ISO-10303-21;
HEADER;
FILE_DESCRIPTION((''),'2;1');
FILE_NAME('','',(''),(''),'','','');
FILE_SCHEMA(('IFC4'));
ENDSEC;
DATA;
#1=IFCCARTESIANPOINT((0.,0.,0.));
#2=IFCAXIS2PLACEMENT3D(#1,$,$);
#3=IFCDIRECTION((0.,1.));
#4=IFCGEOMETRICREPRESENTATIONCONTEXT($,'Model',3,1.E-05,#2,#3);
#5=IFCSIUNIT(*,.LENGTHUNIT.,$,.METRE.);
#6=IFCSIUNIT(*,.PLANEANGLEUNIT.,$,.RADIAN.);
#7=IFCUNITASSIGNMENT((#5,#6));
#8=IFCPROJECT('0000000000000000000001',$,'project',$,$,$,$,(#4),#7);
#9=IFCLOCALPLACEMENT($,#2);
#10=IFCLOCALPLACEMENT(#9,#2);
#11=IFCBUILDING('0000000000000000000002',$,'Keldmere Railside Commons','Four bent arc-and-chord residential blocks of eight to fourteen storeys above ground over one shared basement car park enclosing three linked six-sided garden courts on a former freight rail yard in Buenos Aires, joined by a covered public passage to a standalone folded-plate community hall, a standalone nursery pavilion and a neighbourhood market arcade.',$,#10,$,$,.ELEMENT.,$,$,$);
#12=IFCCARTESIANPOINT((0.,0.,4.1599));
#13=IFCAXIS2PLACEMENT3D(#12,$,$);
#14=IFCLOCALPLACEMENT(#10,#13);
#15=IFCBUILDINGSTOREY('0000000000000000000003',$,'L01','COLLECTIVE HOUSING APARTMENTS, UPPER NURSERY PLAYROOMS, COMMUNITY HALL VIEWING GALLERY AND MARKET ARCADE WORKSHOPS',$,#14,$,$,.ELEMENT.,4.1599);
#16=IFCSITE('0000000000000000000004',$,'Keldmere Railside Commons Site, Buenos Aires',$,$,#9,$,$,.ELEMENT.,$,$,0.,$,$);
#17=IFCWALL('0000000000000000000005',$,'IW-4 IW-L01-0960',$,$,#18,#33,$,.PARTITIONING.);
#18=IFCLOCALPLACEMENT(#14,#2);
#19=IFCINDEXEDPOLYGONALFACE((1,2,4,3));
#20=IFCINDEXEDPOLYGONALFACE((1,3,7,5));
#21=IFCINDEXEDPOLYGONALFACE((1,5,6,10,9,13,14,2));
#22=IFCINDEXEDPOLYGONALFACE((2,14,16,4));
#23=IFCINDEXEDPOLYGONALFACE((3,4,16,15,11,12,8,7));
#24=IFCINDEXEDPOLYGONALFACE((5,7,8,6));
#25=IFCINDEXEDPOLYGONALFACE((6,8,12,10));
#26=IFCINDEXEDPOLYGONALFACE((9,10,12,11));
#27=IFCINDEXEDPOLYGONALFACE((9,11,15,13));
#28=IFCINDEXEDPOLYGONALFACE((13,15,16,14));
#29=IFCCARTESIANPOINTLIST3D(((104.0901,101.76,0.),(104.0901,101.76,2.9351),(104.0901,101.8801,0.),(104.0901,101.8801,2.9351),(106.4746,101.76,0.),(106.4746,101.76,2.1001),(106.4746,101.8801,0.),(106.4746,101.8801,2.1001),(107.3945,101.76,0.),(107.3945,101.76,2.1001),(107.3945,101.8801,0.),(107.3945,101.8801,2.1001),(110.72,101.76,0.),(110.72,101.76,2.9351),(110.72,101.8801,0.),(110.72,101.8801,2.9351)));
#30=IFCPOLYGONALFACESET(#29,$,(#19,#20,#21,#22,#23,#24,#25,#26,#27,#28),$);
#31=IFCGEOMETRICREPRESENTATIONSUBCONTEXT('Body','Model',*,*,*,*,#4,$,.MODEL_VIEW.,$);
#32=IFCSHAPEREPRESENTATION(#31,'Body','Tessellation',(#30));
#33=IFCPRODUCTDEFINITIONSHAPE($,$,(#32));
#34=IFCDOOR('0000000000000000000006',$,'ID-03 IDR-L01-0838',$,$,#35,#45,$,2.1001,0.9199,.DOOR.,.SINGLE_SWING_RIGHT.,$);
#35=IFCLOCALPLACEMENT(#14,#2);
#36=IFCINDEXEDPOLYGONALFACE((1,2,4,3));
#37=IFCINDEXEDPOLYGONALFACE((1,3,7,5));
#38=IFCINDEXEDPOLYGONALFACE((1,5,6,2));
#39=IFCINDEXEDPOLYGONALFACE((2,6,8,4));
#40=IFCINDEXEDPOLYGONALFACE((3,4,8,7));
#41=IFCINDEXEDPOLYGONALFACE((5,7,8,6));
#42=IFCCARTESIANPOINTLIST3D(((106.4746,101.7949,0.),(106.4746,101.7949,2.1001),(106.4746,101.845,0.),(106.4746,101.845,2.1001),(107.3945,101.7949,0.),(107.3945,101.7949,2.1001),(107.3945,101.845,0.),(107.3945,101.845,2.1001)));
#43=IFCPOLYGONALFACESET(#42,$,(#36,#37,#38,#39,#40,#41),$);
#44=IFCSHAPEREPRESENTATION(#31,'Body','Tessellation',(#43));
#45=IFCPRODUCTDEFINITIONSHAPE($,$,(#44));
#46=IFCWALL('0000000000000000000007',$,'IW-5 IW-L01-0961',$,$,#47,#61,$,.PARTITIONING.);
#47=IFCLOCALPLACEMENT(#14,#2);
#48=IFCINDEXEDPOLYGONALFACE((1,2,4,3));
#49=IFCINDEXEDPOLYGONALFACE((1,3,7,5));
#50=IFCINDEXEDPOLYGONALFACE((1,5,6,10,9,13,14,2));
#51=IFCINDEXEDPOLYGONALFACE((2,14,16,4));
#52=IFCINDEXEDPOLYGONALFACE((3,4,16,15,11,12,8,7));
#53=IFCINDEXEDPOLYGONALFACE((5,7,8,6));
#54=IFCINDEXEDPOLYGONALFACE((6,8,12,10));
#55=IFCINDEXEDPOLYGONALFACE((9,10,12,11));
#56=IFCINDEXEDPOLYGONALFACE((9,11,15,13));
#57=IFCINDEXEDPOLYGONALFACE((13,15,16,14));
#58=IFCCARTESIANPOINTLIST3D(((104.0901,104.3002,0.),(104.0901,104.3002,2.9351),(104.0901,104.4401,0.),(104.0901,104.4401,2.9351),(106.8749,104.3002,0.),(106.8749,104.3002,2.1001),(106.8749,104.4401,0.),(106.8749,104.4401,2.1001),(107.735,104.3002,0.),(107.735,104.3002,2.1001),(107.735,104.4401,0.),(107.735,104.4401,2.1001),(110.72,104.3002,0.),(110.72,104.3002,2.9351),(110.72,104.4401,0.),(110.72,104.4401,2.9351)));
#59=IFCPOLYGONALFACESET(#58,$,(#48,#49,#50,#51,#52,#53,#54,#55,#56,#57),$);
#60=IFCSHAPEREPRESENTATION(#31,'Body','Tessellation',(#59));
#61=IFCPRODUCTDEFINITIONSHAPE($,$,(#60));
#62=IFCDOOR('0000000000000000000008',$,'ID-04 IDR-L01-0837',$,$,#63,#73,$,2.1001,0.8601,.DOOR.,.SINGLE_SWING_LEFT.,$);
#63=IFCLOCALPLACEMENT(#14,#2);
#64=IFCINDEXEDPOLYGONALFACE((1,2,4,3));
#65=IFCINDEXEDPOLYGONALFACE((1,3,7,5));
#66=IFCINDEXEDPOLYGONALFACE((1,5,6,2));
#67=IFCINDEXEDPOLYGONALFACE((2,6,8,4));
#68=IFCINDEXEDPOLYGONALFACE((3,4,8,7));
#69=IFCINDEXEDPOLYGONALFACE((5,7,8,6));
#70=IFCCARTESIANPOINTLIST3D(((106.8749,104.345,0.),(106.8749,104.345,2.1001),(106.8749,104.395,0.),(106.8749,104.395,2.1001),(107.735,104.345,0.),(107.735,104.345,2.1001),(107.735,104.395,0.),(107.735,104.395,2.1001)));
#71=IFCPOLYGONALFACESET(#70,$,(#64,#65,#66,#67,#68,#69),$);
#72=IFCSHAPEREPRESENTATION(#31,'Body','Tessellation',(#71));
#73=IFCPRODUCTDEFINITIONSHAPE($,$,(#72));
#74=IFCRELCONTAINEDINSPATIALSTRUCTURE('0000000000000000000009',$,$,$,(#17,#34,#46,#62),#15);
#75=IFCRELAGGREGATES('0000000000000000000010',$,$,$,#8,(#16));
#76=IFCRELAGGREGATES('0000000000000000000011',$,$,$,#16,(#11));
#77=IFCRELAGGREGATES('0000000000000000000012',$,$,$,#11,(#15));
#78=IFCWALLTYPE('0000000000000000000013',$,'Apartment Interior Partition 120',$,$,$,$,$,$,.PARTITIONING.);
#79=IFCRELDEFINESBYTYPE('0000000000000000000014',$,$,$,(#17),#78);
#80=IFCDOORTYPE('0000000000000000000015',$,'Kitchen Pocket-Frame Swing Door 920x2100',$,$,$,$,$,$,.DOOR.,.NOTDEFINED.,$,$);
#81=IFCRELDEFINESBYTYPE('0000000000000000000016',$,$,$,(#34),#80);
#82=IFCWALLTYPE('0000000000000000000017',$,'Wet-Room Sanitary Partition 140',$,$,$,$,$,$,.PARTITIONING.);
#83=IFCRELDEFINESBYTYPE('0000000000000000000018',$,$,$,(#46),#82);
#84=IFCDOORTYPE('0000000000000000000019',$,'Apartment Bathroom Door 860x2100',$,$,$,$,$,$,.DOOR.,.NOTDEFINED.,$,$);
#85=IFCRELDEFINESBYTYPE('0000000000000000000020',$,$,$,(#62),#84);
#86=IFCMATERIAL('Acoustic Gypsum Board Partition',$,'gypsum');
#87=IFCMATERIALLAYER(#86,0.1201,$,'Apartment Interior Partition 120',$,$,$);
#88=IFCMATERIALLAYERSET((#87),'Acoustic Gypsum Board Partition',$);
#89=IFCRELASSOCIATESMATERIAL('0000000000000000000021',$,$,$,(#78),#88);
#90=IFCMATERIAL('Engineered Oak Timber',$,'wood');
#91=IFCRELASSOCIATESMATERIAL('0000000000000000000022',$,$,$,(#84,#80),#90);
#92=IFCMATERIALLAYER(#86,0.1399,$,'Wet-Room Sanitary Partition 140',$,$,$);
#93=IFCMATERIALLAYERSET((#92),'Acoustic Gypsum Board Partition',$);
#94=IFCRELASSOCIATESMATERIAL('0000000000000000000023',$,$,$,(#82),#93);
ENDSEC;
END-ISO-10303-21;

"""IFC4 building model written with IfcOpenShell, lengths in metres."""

from ifc_helpers import new_model, si_unit, direction, frame, frame_2d, origin, place, context, subcontext, project, spatial, rectangle, extrude, material, layer, layer_set, type_object, element, fill, save


model = new_model("IFC4")

# Units and contexts
model_context = context("Model", 3, precision=1e-05, world=origin(), true_north=direction((0.0, 1.0)))
body_context = subcontext(model_context, "Body", "Model", "MODEL_VIEW")
ifc_project = project(units=[si_unit("LENGTHUNIT", "METRE"), si_unit("PLANEANGLEUNIT", "RADIAN")], contexts=[model_context])

# Site, building, storey
site_placement = place(None, origin())
site = spatial("IfcSite", under=ifc_project, at=site_placement, Name="Keldmere Railside Commons Site, Buenos Aires", CompositionType="ELEMENT", RefElevation=0.0)
building_placement = place(site_placement, origin())
building = spatial("IfcBuilding", under=site, at=building_placement, Name="Keldmere Railside Commons", Description="Four bent arc-and-chord residential blocks of eight to fourteen storeys above ground over one shared basement car park enclosing three linked six-sided garden courts on a former freight rail yard in Buenos Aires, joined by a covered public passage to a standalone folded-plate community hall, a standalone nursery pavilion and a neighbourhood market arcade.", CompositionType="ELEMENT")
storey_placement = place(building_placement, frame((0.0, 0.0, 4.1599)))
storey = spatial("IfcBuildingStorey", under=building, at=storey_placement, Name="L01", Description="COLLECTIVE HOUSING APARTMENTS, UPPER NURSERY PLAYROOMS, COMMUNITY HALL VIEWING GALLERY AND MARKET ARCADE WORKSHOPS", CompositionType="ELEMENT", Elevation=4.1599)

# Shared definitions
ifc_material_1 = material(Name="Acoustic Gypsum Board Partition", Category="gypsum")

# Shared definitions
ifc_layer_1 = layer(ifc_material_1, 0.1201, Name="Apartment Interior Partition 120")
ifc_layer_set_1 = layer_set([ifc_layer_1], Name="Acoustic Gypsum Board Partition")
wall_type_1 = type_object("IfcWallType", Name="Apartment Interior Partition 120", PredefinedType="PARTITIONING", material=ifc_layer_set_1)
ifc_material_2 = material(Name="Engineered Oak Timber", Category="wood")
door_type_1 = type_object("IfcDoorType", Name="Apartment Bathroom Door 860x2100", OperationType="NOTDEFINED", PredefinedType="DOOR", material=ifc_material_2)

# Walls, openings, doors
wall_1_placement = place(storey_placement, frame((104.0901, 101.8201, 0.0), z_axis=(0.0, 0.0, 1.0), x_axis=(1.0, 0.0, 0.0)))
wall_1 = element("IfcWall", 1, at=wall_1_placement, inside=storey, type_object=wall_type_1, Name="IW-4 IW-L01-0960", PredefinedType="PARTITIONING", context=body_context, shape_type="SweptSolid", body=[
    extrude(rectangle(XDim=6.6299, YDim=0.1201, at=frame_2d((3.3149, 0.0))), origin(), (0.0, 0.0, 1.0), 2.9351),
])
opening_1_placement = place(wall_1_placement, frame((2.3845, 0.0, 0.0)))
opening_1 = element("IfcOpeningElement", 2, at=opening_1_placement, cuts=wall_1, PredefinedType="OPENING", context=body_context, shape_type="SweptSolid", body=[
    extrude(rectangle(XDim=0.9199, YDim=2.1001, at=frame_2d((0.46, 1.05))), frame((0.0, 0.0701, 0.0), z_axis=(0.0, -1.0, 0.0), x_axis=(1.0, 0.0, 0.0)), (0.0, 0.0, 1.0), 0.1401),
])
door_type_2 = type_object("IfcDoorType", Name="Kitchen Pocket-Frame Swing Door 920x2100", OperationType="NOTDEFINED", PredefinedType="DOOR", material=ifc_material_2)
door_1_placement = place(opening_1_placement, origin())
door_1 = element("IfcDoor", 3, at=door_1_placement, inside=storey, type_object=door_type_2, Name="ID-03 IDR-L01-0838", OperationType="SINGLE_SWING_RIGHT", OverallHeight=2.1001, OverallWidth=0.9199, PredefinedType="DOOR", context=body_context, shape_type="SweptSolid", body=[
    extrude(rectangle(XDim=0.9199, YDim=2.1001, at=frame_2d((0.46, 1.05))), frame((0.0, 0.0249, 0.0), z_axis=(0.0, -1.0, 0.0), x_axis=(1.0, 0.0, 0.0)), (0.0, 0.0, 1.0), 0.05),
])
fill(opening_1, door_1)
ifc_layer_2 = layer(ifc_material_1, 0.1399, Name="Wet-Room Sanitary Partition 140")
ifc_layer_set_2 = layer_set([ifc_layer_2], Name="Acoustic Gypsum Board Partition")
wall_type_2 = type_object("IfcWallType", Name="Wet-Room Sanitary Partition 140", PredefinedType="PARTITIONING", material=ifc_layer_set_2)
wall_2_placement = place(storey_placement, frame((104.0901, 104.3701, 0.0), z_axis=(0.0, 0.0, 1.0), x_axis=(1.0, 0.0, 0.0)))
wall_2 = element("IfcWall", 4, at=wall_2_placement, inside=storey, type_object=wall_type_2, Name="IW-5 IW-L01-0961", PredefinedType="PARTITIONING", context=body_context, shape_type="SweptSolid", body=[
    extrude(rectangle(XDim=6.6299, YDim=0.1399, at=frame_2d((3.3149, 0.0))), origin(), (0.0, 0.0, 1.0), 2.9351),
])
opening_2_placement = place(wall_2_placement, frame((2.7847, 0.0, 0.0)))
opening_2 = element("IfcOpeningElement", 5, at=opening_2_placement, cuts=wall_2, PredefinedType="OPENING", context=body_context, shape_type="SweptSolid", body=[
    extrude(rectangle(XDim=0.8601, YDim=2.1001, at=frame_2d((0.4302, 1.05))), frame((0.0, 0.0798, 0.0), z_axis=(0.0, -1.0, 0.0), x_axis=(1.0, 0.0, 0.0)), (0.0, 0.0, 1.0), 0.1599),
])
door_2_placement = place(opening_2_placement, origin())
door_2 = element("IfcDoor", 6, at=door_2_placement, inside=storey, type_object=door_type_1, Name="ID-04 IDR-L01-0837", OperationType="SINGLE_SWING_LEFT", OverallHeight=2.1001, OverallWidth=0.8601, PredefinedType="DOOR", context=body_context, shape_type="SweptSolid", body=[
    extrude(rectangle(XDim=0.8601, YDim=2.1001, at=frame_2d((0.4302, 1.05))), frame((0.0, 0.0249, 0.0), z_axis=(0.0, -1.0, 0.0), x_axis=(1.0, 0.0, 0.0)), (0.0, 0.0, 1.0), 0.05),
])
fill(opening_2, door_2)

save(model, "model.ifc")
